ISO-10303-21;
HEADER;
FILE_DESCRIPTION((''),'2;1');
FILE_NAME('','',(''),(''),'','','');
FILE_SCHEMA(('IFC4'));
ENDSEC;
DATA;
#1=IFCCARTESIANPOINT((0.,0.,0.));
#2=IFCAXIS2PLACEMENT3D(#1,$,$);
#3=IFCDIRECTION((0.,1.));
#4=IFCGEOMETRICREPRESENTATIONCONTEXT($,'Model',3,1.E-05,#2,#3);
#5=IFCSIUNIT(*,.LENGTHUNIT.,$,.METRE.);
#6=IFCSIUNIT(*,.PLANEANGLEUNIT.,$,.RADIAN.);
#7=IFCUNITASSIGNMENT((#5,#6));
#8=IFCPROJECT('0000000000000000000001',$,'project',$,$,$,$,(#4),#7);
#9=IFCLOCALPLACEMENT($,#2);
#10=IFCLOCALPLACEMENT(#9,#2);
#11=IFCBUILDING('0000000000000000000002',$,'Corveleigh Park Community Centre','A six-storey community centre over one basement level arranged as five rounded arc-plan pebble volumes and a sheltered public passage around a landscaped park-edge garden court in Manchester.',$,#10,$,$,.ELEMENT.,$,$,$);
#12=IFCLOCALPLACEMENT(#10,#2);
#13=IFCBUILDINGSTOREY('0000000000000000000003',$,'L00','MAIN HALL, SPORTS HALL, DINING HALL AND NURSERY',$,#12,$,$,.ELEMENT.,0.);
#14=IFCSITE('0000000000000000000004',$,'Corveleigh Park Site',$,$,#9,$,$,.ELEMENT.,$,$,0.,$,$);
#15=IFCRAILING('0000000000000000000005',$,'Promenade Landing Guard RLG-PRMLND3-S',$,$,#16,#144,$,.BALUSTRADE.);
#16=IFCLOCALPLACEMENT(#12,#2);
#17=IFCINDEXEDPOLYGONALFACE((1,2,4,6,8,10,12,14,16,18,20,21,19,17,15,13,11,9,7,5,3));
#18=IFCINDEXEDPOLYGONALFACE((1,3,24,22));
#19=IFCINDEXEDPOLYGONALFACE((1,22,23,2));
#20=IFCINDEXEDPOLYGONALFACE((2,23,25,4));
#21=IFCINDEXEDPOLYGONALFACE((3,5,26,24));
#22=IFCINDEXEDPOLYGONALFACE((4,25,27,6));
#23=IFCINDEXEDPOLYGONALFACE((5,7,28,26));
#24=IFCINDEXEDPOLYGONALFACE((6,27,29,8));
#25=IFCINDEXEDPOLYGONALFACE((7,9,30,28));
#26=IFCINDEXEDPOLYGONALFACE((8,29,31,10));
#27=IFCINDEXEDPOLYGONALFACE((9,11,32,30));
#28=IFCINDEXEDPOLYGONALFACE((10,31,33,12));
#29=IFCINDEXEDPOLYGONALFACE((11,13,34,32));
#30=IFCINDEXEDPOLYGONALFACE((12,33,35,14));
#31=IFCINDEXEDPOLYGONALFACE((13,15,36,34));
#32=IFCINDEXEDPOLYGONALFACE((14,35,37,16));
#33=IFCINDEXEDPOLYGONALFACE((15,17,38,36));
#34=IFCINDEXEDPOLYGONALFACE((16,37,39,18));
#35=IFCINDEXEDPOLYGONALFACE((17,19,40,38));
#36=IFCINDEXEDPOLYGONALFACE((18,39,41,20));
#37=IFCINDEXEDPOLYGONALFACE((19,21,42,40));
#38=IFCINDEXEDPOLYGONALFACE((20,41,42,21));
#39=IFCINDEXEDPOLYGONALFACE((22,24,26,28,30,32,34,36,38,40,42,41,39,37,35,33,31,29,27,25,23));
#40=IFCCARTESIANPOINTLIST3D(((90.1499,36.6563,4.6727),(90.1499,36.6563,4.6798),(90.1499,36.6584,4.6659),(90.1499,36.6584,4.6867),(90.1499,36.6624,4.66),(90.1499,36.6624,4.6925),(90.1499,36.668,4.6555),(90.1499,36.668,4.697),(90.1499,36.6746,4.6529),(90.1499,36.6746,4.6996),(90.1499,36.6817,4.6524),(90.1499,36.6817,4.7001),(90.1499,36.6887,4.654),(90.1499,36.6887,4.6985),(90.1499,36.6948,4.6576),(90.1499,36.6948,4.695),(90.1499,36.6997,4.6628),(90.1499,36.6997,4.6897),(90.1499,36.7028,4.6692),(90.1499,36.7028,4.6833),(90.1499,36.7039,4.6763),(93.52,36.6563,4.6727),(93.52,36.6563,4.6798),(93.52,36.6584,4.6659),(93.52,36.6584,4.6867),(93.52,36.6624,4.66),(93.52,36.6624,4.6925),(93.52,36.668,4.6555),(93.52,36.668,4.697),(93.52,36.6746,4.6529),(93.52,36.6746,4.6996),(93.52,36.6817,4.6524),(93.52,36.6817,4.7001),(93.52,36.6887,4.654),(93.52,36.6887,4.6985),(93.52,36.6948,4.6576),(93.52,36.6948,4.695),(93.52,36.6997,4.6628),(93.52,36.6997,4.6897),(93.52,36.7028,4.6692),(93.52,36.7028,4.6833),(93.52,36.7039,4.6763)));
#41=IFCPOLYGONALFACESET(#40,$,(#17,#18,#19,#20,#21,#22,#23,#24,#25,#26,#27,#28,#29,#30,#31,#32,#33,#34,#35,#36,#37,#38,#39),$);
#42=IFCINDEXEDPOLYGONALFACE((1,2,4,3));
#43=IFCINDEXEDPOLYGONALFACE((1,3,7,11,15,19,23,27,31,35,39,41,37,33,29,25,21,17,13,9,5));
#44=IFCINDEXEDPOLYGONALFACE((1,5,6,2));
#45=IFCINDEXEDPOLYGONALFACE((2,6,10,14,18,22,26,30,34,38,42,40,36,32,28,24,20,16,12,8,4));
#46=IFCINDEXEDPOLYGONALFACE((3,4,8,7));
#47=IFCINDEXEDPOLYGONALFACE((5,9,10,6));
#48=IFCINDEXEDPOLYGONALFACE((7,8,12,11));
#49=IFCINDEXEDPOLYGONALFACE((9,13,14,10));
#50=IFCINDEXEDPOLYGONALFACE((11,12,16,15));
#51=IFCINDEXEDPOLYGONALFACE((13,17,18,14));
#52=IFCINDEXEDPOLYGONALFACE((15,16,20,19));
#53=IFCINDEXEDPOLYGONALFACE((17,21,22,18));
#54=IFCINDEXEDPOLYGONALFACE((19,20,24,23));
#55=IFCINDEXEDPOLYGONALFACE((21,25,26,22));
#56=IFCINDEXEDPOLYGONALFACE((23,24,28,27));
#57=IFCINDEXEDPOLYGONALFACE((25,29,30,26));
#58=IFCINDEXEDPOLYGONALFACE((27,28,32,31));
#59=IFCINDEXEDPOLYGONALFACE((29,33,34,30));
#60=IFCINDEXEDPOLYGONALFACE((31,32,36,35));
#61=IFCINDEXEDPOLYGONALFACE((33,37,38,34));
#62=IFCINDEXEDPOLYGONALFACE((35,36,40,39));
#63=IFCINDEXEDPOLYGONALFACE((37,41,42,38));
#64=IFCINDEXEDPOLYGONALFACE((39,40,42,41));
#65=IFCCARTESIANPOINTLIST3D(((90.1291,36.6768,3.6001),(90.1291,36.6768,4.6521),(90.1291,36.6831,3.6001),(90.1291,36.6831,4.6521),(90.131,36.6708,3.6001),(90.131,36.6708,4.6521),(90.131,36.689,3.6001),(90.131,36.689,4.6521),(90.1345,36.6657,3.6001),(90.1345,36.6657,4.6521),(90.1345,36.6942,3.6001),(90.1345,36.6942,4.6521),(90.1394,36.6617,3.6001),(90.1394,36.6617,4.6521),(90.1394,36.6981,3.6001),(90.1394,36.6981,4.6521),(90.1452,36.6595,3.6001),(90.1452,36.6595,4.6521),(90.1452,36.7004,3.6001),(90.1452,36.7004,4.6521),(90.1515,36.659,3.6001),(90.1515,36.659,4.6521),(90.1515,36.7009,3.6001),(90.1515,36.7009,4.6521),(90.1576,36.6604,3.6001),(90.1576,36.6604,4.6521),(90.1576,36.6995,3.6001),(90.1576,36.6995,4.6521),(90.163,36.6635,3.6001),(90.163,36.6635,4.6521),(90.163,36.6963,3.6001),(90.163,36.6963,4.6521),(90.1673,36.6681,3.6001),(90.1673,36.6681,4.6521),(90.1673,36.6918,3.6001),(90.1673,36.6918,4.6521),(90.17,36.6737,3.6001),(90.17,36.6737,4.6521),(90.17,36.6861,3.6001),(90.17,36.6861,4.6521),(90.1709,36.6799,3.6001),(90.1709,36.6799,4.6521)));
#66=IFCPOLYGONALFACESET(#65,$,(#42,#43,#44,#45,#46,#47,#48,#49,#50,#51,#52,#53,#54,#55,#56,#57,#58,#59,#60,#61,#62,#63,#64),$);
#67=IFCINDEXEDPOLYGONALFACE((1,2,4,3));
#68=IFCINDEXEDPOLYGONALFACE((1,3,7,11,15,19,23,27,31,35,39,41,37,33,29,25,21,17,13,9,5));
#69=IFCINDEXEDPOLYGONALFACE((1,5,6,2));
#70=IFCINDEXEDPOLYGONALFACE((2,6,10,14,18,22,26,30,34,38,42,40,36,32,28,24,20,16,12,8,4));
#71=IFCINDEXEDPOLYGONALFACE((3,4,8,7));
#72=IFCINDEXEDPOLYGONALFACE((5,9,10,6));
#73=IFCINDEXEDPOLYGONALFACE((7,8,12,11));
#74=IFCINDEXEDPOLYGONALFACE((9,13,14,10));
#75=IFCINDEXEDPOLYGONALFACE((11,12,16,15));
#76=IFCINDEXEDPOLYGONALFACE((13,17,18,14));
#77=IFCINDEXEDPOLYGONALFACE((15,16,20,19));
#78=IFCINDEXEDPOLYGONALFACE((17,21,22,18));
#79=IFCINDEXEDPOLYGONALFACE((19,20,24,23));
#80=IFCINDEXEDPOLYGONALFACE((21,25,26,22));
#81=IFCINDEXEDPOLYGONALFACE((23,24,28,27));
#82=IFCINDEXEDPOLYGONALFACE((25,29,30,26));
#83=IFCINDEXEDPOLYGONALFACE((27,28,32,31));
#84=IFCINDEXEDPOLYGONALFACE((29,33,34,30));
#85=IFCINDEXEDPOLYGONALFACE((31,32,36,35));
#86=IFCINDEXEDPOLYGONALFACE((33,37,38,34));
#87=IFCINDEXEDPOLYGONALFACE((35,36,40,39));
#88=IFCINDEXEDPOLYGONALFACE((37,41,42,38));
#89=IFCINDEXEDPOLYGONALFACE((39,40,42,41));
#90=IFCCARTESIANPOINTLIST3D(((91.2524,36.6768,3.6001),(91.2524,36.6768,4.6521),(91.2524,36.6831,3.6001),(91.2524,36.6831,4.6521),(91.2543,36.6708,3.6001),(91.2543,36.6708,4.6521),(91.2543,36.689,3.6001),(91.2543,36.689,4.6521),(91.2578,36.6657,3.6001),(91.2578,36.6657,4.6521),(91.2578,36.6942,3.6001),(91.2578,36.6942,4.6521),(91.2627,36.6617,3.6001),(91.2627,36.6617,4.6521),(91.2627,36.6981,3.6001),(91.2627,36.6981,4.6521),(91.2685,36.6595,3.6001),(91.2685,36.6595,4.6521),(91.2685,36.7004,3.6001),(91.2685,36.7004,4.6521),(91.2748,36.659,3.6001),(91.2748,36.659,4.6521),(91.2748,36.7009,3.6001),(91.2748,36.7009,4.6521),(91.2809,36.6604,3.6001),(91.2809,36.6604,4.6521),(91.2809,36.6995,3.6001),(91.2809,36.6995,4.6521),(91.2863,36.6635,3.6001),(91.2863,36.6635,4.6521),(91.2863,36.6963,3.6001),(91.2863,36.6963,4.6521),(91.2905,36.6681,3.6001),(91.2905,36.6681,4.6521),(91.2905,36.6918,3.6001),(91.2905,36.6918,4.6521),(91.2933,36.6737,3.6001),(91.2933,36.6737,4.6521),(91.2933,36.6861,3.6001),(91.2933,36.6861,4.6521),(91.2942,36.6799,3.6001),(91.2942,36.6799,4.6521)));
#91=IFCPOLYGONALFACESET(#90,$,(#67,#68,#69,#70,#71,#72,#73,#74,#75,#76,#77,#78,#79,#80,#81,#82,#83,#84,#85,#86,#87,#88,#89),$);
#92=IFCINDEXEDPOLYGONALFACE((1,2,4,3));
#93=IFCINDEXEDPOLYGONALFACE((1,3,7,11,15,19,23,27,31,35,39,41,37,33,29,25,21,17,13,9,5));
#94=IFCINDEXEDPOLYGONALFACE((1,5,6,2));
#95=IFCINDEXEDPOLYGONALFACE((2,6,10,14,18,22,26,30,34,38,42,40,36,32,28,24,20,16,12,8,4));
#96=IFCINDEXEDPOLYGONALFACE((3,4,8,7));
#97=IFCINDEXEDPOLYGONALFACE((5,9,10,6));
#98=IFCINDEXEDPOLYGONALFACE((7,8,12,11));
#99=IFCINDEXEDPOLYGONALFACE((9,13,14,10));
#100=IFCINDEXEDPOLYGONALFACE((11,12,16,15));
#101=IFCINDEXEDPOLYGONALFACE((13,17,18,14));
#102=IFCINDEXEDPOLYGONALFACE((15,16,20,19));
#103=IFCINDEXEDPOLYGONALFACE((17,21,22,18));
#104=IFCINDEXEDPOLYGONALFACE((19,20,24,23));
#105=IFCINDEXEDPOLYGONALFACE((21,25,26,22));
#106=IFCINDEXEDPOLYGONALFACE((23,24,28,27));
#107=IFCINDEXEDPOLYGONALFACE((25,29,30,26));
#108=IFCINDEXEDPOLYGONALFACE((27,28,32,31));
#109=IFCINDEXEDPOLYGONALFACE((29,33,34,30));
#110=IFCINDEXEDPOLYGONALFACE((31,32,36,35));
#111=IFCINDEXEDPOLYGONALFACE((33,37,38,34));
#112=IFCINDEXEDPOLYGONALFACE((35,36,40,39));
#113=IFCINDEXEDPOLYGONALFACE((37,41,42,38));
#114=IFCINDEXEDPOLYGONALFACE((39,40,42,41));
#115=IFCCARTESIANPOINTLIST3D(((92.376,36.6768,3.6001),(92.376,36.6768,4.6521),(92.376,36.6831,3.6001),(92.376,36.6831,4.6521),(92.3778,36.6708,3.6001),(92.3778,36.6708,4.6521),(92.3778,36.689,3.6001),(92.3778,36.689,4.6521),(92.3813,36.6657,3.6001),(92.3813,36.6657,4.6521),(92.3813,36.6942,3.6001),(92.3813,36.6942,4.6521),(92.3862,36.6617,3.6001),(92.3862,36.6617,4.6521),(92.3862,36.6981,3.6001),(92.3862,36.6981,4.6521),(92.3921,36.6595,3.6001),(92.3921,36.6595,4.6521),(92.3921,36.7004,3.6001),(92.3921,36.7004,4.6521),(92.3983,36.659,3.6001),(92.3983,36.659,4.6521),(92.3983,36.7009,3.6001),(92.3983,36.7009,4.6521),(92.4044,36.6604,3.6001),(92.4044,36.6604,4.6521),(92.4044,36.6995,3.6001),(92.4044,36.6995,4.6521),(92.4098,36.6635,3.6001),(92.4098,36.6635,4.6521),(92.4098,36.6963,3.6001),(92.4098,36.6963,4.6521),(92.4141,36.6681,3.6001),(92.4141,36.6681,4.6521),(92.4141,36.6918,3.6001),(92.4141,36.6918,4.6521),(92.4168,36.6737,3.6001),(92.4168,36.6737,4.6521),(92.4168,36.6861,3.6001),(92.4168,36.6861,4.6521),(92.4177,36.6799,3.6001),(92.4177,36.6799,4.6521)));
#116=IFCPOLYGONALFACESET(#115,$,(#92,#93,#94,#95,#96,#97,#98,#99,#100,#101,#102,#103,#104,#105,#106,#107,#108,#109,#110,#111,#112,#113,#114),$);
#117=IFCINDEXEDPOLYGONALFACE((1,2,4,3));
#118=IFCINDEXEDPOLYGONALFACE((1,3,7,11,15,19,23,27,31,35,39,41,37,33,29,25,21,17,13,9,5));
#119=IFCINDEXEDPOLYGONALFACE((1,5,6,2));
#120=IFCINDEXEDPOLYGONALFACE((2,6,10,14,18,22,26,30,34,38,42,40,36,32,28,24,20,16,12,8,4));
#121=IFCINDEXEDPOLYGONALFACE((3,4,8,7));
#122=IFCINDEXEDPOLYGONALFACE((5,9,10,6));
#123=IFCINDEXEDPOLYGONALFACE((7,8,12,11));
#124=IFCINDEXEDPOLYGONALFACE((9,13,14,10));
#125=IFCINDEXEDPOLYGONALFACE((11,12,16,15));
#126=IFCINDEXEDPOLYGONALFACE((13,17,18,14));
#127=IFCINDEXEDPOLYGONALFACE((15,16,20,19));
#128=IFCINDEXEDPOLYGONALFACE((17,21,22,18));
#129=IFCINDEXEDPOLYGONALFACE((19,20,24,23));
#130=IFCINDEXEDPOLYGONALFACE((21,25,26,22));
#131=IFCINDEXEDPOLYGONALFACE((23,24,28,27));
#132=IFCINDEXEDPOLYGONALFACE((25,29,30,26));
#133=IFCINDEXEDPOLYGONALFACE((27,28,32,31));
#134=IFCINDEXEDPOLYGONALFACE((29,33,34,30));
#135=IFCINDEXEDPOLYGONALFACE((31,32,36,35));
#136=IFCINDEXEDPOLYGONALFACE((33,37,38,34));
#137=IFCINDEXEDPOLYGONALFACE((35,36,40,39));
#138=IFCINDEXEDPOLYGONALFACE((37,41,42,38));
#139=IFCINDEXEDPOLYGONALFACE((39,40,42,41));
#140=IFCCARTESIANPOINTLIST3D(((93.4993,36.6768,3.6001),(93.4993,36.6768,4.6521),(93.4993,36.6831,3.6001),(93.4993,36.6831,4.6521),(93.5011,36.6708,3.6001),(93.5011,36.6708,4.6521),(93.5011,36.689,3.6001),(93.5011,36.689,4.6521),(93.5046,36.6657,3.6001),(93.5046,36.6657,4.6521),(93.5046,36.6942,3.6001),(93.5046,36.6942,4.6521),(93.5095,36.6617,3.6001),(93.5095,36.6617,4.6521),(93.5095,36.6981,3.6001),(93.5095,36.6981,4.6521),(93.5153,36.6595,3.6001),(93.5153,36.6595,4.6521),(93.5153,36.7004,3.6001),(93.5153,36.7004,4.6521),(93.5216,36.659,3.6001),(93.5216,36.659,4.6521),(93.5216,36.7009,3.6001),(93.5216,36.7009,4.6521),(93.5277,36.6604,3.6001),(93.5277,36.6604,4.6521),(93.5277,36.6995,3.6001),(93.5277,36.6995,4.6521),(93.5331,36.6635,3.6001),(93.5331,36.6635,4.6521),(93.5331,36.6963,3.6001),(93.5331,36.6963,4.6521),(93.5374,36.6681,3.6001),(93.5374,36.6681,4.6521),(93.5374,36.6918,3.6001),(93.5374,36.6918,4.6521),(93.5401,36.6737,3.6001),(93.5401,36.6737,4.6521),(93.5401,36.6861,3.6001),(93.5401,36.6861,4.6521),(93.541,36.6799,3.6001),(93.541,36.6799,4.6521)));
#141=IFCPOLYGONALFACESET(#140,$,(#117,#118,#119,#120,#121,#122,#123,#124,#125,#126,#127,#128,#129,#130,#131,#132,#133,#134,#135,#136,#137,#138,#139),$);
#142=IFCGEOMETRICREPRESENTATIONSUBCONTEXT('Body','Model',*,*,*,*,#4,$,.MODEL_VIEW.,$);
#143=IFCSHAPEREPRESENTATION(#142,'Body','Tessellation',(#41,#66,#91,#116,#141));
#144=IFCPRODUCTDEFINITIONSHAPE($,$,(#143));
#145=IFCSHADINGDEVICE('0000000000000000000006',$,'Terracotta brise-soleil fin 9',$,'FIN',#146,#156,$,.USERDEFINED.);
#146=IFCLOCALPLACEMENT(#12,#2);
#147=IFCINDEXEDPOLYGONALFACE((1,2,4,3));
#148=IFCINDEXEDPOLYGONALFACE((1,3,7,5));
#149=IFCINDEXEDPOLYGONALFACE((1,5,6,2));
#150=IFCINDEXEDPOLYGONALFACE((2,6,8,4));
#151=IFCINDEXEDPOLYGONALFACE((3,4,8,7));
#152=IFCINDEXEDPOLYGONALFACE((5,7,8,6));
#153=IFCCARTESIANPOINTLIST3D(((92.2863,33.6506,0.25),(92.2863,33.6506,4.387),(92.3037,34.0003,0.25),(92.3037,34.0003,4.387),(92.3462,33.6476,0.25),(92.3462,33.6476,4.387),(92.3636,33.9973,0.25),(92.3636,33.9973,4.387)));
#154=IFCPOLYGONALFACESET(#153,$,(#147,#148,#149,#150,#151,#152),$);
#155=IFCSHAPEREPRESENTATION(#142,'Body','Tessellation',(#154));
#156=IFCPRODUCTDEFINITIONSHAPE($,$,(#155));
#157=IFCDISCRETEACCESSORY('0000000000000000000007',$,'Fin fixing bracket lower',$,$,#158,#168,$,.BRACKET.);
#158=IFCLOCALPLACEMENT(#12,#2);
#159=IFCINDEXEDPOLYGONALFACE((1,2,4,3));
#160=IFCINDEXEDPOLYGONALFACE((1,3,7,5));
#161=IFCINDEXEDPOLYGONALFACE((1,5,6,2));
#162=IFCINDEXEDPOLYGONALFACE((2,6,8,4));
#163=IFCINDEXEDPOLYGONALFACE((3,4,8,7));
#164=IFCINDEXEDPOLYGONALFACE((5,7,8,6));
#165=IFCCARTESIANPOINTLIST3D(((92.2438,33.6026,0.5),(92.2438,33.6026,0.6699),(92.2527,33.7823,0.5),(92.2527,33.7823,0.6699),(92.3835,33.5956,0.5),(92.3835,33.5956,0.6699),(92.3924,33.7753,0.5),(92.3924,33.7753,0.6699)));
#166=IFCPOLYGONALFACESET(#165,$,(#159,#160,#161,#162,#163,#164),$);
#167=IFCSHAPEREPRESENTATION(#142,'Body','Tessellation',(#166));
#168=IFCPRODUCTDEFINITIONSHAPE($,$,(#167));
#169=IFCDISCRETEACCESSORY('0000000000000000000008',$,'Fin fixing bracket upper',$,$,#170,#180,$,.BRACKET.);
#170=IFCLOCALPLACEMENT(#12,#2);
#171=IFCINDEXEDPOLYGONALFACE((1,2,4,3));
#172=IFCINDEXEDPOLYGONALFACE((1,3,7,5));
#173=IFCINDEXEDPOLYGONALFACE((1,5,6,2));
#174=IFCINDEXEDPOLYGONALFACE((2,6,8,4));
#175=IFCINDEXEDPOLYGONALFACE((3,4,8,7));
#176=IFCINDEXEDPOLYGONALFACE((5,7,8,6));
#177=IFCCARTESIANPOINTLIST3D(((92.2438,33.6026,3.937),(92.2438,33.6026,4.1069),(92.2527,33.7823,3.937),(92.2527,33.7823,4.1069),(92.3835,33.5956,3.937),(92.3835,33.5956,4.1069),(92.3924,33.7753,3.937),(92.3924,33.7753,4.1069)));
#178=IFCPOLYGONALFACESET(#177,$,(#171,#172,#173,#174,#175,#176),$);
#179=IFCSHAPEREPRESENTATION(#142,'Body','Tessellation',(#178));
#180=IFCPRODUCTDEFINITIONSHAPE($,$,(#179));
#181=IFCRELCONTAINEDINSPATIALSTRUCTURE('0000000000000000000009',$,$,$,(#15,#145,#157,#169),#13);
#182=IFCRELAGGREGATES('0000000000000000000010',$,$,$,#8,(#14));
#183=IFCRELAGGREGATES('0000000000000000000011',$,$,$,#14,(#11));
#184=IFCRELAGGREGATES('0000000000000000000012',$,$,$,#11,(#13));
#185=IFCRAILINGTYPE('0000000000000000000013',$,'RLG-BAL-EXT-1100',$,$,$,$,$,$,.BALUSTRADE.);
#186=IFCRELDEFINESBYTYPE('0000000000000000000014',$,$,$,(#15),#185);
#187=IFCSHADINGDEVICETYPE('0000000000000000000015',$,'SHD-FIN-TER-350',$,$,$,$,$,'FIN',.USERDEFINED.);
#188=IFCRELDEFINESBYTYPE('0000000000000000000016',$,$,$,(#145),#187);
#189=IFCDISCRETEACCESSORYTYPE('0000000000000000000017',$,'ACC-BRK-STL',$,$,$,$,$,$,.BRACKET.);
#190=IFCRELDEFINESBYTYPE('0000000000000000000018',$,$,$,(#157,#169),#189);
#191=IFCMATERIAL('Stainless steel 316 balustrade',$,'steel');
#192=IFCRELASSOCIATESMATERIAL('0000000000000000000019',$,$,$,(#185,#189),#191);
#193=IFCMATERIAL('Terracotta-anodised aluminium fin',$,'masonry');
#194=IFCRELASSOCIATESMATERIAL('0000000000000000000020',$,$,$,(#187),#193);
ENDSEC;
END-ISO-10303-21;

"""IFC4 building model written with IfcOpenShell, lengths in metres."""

from ifc_helpers import new_model, si_unit, direction, frame, origin, origin_2d, place, context, subcontext, project, spatial, rectangle, circle, extrude, material, type_object, element, save


model = new_model("IFC4")

# Units and contexts
model_context = context("Model", 3, precision=1e-05, world=origin(), true_north=direction((0.0, 1.0)))
body_context = subcontext(model_context, "Body", "Model", "MODEL_VIEW")
ifc_project = project(units=[si_unit("LENGTHUNIT", "METRE"), si_unit("PLANEANGLEUNIT", "RADIAN")], contexts=[model_context])

# Site, building, storey
site_placement = place(None, origin())
site = spatial("IfcSite", under=ifc_project, at=site_placement, Name="Corveleigh Park Site", CompositionType="ELEMENT", RefElevation=0.0)
building_placement = place(site_placement, origin())
building = spatial("IfcBuilding", under=site, at=building_placement, Name="Corveleigh Park Community Centre", Description="A six-storey community centre over one basement level arranged as five rounded arc-plan pebble volumes and a sheltered public passage around a landscaped park-edge garden court in Manchester.", CompositionType="ELEMENT")
storey_placement = place(building_placement, origin())
storey = spatial("IfcBuildingStorey", under=building, at=storey_placement, Name="L00", Description="MAIN HALL, SPORTS HALL, DINING HALL AND NURSERY", CompositionType="ELEMENT", Elevation=0.0)

# Railing
ifc_material_1 = material(Name="Stainless steel 316 balustrade", Category="steel")
railing_type = type_object("IfcRailingType", Name="RLG-BAL-EXT-1100", PredefinedType="BALUSTRADE", material=ifc_material_1)
railing_1_placement = place(storey_placement, frame((90.1499, 36.6799, 3.6001)))
element("IfcRailing", 1, at=railing_1_placement, inside=storey, type_object=railing_type, Name="Promenade Landing Guard RLG-PRMLND3-S", PredefinedType="BALUSTRADE", context=body_context, shape_type="SweptSolid", body=[
    extrude(circle(Radius=0.0239, at=origin_2d()), frame((0.0, 0.0, 1.0762), z_axis=(1.0, 0.0, 0.0), x_axis=(0.0, 1.0, 0.0)), (0.0, 0.0, 1.0), 3.3701),
    extrude(circle(Radius=0.021, at=origin_2d()), origin(), (0.0, 0.0, 1.0), 1.052),
    extrude(circle(Radius=0.021, at=origin_2d()), frame((1.1233, 0.0, 0.0)), (0.0, 0.0, 1.0), 1.052),
    extrude(circle(Radius=0.021, at=origin_2d()), frame((2.2468, 0.0, 0.0)), (0.0, 0.0, 1.0), 1.052),
    extrude(circle(Radius=0.021, at=origin_2d()), frame((3.3701, 0.0, 0.0)), (0.0, 0.0, 1.0), 1.052),
])

# Shading device
ifc_material_2 = material(Name="Terracotta-anodised aluminium fin", Category="masonry")
shading_device_type = type_object("IfcShadingDeviceType", Name="SHD-FIN-TER-350", ElementType="FIN", PredefinedType="USERDEFINED", material=ifc_material_2)
shading_device_placement = place(storey_placement, frame((92.325, 33.824, 0.25), z_axis=(0.0, 0.0, 1.0), x_axis=(0.049724, 0.998763, 0.0)))
element("IfcShadingDevice", 2, at=shading_device_placement, inside=storey, type_object=shading_device_type, Name="Terracotta brise-soleil fin 9", ObjectType="FIN", PredefinedType="USERDEFINED", context=body_context, shape_type="SweptSolid", body=[
    extrude(rectangle(XDim=0.3501, YDim=0.0601, at=origin_2d()), origin(), (0.0, 0.0, 1.0), 4.137),
])

# Discrete accessories
discrete_accessory_type = type_object("IfcDiscreteAccessoryType", Name="ACC-BRK-STL", PredefinedType="BRACKET", material=ifc_material_1)
for number, where, z_axis, x_axis, name in (
    (3, (92.3181, 33.689, 0.5), (0.0, 0.0, 1.0), (0.049724, 0.998763, 0.0), "Fin fixing bracket lower"),
    (4, (92.3181, 33.689, 3.937), (0.0, 0.0, 1.0), (0.049724, 0.998763, 0.0), "Fin fixing bracket upper"),
):
    element("IfcDiscreteAccessory", number, at=place(storey_placement, frame(where, z_axis=z_axis, x_axis=x_axis)), inside=storey, type_object=discrete_accessory_type, Name=name, PredefinedType="BRACKET", context=body_context, shape_type="SweptSolid", body=[
        extrude(rectangle(XDim=0.1799, YDim=0.1399, at=origin_2d()), origin(), (0.0, 0.0, 1.0), 0.1699),
    ])

save(model, "model.ifc")
